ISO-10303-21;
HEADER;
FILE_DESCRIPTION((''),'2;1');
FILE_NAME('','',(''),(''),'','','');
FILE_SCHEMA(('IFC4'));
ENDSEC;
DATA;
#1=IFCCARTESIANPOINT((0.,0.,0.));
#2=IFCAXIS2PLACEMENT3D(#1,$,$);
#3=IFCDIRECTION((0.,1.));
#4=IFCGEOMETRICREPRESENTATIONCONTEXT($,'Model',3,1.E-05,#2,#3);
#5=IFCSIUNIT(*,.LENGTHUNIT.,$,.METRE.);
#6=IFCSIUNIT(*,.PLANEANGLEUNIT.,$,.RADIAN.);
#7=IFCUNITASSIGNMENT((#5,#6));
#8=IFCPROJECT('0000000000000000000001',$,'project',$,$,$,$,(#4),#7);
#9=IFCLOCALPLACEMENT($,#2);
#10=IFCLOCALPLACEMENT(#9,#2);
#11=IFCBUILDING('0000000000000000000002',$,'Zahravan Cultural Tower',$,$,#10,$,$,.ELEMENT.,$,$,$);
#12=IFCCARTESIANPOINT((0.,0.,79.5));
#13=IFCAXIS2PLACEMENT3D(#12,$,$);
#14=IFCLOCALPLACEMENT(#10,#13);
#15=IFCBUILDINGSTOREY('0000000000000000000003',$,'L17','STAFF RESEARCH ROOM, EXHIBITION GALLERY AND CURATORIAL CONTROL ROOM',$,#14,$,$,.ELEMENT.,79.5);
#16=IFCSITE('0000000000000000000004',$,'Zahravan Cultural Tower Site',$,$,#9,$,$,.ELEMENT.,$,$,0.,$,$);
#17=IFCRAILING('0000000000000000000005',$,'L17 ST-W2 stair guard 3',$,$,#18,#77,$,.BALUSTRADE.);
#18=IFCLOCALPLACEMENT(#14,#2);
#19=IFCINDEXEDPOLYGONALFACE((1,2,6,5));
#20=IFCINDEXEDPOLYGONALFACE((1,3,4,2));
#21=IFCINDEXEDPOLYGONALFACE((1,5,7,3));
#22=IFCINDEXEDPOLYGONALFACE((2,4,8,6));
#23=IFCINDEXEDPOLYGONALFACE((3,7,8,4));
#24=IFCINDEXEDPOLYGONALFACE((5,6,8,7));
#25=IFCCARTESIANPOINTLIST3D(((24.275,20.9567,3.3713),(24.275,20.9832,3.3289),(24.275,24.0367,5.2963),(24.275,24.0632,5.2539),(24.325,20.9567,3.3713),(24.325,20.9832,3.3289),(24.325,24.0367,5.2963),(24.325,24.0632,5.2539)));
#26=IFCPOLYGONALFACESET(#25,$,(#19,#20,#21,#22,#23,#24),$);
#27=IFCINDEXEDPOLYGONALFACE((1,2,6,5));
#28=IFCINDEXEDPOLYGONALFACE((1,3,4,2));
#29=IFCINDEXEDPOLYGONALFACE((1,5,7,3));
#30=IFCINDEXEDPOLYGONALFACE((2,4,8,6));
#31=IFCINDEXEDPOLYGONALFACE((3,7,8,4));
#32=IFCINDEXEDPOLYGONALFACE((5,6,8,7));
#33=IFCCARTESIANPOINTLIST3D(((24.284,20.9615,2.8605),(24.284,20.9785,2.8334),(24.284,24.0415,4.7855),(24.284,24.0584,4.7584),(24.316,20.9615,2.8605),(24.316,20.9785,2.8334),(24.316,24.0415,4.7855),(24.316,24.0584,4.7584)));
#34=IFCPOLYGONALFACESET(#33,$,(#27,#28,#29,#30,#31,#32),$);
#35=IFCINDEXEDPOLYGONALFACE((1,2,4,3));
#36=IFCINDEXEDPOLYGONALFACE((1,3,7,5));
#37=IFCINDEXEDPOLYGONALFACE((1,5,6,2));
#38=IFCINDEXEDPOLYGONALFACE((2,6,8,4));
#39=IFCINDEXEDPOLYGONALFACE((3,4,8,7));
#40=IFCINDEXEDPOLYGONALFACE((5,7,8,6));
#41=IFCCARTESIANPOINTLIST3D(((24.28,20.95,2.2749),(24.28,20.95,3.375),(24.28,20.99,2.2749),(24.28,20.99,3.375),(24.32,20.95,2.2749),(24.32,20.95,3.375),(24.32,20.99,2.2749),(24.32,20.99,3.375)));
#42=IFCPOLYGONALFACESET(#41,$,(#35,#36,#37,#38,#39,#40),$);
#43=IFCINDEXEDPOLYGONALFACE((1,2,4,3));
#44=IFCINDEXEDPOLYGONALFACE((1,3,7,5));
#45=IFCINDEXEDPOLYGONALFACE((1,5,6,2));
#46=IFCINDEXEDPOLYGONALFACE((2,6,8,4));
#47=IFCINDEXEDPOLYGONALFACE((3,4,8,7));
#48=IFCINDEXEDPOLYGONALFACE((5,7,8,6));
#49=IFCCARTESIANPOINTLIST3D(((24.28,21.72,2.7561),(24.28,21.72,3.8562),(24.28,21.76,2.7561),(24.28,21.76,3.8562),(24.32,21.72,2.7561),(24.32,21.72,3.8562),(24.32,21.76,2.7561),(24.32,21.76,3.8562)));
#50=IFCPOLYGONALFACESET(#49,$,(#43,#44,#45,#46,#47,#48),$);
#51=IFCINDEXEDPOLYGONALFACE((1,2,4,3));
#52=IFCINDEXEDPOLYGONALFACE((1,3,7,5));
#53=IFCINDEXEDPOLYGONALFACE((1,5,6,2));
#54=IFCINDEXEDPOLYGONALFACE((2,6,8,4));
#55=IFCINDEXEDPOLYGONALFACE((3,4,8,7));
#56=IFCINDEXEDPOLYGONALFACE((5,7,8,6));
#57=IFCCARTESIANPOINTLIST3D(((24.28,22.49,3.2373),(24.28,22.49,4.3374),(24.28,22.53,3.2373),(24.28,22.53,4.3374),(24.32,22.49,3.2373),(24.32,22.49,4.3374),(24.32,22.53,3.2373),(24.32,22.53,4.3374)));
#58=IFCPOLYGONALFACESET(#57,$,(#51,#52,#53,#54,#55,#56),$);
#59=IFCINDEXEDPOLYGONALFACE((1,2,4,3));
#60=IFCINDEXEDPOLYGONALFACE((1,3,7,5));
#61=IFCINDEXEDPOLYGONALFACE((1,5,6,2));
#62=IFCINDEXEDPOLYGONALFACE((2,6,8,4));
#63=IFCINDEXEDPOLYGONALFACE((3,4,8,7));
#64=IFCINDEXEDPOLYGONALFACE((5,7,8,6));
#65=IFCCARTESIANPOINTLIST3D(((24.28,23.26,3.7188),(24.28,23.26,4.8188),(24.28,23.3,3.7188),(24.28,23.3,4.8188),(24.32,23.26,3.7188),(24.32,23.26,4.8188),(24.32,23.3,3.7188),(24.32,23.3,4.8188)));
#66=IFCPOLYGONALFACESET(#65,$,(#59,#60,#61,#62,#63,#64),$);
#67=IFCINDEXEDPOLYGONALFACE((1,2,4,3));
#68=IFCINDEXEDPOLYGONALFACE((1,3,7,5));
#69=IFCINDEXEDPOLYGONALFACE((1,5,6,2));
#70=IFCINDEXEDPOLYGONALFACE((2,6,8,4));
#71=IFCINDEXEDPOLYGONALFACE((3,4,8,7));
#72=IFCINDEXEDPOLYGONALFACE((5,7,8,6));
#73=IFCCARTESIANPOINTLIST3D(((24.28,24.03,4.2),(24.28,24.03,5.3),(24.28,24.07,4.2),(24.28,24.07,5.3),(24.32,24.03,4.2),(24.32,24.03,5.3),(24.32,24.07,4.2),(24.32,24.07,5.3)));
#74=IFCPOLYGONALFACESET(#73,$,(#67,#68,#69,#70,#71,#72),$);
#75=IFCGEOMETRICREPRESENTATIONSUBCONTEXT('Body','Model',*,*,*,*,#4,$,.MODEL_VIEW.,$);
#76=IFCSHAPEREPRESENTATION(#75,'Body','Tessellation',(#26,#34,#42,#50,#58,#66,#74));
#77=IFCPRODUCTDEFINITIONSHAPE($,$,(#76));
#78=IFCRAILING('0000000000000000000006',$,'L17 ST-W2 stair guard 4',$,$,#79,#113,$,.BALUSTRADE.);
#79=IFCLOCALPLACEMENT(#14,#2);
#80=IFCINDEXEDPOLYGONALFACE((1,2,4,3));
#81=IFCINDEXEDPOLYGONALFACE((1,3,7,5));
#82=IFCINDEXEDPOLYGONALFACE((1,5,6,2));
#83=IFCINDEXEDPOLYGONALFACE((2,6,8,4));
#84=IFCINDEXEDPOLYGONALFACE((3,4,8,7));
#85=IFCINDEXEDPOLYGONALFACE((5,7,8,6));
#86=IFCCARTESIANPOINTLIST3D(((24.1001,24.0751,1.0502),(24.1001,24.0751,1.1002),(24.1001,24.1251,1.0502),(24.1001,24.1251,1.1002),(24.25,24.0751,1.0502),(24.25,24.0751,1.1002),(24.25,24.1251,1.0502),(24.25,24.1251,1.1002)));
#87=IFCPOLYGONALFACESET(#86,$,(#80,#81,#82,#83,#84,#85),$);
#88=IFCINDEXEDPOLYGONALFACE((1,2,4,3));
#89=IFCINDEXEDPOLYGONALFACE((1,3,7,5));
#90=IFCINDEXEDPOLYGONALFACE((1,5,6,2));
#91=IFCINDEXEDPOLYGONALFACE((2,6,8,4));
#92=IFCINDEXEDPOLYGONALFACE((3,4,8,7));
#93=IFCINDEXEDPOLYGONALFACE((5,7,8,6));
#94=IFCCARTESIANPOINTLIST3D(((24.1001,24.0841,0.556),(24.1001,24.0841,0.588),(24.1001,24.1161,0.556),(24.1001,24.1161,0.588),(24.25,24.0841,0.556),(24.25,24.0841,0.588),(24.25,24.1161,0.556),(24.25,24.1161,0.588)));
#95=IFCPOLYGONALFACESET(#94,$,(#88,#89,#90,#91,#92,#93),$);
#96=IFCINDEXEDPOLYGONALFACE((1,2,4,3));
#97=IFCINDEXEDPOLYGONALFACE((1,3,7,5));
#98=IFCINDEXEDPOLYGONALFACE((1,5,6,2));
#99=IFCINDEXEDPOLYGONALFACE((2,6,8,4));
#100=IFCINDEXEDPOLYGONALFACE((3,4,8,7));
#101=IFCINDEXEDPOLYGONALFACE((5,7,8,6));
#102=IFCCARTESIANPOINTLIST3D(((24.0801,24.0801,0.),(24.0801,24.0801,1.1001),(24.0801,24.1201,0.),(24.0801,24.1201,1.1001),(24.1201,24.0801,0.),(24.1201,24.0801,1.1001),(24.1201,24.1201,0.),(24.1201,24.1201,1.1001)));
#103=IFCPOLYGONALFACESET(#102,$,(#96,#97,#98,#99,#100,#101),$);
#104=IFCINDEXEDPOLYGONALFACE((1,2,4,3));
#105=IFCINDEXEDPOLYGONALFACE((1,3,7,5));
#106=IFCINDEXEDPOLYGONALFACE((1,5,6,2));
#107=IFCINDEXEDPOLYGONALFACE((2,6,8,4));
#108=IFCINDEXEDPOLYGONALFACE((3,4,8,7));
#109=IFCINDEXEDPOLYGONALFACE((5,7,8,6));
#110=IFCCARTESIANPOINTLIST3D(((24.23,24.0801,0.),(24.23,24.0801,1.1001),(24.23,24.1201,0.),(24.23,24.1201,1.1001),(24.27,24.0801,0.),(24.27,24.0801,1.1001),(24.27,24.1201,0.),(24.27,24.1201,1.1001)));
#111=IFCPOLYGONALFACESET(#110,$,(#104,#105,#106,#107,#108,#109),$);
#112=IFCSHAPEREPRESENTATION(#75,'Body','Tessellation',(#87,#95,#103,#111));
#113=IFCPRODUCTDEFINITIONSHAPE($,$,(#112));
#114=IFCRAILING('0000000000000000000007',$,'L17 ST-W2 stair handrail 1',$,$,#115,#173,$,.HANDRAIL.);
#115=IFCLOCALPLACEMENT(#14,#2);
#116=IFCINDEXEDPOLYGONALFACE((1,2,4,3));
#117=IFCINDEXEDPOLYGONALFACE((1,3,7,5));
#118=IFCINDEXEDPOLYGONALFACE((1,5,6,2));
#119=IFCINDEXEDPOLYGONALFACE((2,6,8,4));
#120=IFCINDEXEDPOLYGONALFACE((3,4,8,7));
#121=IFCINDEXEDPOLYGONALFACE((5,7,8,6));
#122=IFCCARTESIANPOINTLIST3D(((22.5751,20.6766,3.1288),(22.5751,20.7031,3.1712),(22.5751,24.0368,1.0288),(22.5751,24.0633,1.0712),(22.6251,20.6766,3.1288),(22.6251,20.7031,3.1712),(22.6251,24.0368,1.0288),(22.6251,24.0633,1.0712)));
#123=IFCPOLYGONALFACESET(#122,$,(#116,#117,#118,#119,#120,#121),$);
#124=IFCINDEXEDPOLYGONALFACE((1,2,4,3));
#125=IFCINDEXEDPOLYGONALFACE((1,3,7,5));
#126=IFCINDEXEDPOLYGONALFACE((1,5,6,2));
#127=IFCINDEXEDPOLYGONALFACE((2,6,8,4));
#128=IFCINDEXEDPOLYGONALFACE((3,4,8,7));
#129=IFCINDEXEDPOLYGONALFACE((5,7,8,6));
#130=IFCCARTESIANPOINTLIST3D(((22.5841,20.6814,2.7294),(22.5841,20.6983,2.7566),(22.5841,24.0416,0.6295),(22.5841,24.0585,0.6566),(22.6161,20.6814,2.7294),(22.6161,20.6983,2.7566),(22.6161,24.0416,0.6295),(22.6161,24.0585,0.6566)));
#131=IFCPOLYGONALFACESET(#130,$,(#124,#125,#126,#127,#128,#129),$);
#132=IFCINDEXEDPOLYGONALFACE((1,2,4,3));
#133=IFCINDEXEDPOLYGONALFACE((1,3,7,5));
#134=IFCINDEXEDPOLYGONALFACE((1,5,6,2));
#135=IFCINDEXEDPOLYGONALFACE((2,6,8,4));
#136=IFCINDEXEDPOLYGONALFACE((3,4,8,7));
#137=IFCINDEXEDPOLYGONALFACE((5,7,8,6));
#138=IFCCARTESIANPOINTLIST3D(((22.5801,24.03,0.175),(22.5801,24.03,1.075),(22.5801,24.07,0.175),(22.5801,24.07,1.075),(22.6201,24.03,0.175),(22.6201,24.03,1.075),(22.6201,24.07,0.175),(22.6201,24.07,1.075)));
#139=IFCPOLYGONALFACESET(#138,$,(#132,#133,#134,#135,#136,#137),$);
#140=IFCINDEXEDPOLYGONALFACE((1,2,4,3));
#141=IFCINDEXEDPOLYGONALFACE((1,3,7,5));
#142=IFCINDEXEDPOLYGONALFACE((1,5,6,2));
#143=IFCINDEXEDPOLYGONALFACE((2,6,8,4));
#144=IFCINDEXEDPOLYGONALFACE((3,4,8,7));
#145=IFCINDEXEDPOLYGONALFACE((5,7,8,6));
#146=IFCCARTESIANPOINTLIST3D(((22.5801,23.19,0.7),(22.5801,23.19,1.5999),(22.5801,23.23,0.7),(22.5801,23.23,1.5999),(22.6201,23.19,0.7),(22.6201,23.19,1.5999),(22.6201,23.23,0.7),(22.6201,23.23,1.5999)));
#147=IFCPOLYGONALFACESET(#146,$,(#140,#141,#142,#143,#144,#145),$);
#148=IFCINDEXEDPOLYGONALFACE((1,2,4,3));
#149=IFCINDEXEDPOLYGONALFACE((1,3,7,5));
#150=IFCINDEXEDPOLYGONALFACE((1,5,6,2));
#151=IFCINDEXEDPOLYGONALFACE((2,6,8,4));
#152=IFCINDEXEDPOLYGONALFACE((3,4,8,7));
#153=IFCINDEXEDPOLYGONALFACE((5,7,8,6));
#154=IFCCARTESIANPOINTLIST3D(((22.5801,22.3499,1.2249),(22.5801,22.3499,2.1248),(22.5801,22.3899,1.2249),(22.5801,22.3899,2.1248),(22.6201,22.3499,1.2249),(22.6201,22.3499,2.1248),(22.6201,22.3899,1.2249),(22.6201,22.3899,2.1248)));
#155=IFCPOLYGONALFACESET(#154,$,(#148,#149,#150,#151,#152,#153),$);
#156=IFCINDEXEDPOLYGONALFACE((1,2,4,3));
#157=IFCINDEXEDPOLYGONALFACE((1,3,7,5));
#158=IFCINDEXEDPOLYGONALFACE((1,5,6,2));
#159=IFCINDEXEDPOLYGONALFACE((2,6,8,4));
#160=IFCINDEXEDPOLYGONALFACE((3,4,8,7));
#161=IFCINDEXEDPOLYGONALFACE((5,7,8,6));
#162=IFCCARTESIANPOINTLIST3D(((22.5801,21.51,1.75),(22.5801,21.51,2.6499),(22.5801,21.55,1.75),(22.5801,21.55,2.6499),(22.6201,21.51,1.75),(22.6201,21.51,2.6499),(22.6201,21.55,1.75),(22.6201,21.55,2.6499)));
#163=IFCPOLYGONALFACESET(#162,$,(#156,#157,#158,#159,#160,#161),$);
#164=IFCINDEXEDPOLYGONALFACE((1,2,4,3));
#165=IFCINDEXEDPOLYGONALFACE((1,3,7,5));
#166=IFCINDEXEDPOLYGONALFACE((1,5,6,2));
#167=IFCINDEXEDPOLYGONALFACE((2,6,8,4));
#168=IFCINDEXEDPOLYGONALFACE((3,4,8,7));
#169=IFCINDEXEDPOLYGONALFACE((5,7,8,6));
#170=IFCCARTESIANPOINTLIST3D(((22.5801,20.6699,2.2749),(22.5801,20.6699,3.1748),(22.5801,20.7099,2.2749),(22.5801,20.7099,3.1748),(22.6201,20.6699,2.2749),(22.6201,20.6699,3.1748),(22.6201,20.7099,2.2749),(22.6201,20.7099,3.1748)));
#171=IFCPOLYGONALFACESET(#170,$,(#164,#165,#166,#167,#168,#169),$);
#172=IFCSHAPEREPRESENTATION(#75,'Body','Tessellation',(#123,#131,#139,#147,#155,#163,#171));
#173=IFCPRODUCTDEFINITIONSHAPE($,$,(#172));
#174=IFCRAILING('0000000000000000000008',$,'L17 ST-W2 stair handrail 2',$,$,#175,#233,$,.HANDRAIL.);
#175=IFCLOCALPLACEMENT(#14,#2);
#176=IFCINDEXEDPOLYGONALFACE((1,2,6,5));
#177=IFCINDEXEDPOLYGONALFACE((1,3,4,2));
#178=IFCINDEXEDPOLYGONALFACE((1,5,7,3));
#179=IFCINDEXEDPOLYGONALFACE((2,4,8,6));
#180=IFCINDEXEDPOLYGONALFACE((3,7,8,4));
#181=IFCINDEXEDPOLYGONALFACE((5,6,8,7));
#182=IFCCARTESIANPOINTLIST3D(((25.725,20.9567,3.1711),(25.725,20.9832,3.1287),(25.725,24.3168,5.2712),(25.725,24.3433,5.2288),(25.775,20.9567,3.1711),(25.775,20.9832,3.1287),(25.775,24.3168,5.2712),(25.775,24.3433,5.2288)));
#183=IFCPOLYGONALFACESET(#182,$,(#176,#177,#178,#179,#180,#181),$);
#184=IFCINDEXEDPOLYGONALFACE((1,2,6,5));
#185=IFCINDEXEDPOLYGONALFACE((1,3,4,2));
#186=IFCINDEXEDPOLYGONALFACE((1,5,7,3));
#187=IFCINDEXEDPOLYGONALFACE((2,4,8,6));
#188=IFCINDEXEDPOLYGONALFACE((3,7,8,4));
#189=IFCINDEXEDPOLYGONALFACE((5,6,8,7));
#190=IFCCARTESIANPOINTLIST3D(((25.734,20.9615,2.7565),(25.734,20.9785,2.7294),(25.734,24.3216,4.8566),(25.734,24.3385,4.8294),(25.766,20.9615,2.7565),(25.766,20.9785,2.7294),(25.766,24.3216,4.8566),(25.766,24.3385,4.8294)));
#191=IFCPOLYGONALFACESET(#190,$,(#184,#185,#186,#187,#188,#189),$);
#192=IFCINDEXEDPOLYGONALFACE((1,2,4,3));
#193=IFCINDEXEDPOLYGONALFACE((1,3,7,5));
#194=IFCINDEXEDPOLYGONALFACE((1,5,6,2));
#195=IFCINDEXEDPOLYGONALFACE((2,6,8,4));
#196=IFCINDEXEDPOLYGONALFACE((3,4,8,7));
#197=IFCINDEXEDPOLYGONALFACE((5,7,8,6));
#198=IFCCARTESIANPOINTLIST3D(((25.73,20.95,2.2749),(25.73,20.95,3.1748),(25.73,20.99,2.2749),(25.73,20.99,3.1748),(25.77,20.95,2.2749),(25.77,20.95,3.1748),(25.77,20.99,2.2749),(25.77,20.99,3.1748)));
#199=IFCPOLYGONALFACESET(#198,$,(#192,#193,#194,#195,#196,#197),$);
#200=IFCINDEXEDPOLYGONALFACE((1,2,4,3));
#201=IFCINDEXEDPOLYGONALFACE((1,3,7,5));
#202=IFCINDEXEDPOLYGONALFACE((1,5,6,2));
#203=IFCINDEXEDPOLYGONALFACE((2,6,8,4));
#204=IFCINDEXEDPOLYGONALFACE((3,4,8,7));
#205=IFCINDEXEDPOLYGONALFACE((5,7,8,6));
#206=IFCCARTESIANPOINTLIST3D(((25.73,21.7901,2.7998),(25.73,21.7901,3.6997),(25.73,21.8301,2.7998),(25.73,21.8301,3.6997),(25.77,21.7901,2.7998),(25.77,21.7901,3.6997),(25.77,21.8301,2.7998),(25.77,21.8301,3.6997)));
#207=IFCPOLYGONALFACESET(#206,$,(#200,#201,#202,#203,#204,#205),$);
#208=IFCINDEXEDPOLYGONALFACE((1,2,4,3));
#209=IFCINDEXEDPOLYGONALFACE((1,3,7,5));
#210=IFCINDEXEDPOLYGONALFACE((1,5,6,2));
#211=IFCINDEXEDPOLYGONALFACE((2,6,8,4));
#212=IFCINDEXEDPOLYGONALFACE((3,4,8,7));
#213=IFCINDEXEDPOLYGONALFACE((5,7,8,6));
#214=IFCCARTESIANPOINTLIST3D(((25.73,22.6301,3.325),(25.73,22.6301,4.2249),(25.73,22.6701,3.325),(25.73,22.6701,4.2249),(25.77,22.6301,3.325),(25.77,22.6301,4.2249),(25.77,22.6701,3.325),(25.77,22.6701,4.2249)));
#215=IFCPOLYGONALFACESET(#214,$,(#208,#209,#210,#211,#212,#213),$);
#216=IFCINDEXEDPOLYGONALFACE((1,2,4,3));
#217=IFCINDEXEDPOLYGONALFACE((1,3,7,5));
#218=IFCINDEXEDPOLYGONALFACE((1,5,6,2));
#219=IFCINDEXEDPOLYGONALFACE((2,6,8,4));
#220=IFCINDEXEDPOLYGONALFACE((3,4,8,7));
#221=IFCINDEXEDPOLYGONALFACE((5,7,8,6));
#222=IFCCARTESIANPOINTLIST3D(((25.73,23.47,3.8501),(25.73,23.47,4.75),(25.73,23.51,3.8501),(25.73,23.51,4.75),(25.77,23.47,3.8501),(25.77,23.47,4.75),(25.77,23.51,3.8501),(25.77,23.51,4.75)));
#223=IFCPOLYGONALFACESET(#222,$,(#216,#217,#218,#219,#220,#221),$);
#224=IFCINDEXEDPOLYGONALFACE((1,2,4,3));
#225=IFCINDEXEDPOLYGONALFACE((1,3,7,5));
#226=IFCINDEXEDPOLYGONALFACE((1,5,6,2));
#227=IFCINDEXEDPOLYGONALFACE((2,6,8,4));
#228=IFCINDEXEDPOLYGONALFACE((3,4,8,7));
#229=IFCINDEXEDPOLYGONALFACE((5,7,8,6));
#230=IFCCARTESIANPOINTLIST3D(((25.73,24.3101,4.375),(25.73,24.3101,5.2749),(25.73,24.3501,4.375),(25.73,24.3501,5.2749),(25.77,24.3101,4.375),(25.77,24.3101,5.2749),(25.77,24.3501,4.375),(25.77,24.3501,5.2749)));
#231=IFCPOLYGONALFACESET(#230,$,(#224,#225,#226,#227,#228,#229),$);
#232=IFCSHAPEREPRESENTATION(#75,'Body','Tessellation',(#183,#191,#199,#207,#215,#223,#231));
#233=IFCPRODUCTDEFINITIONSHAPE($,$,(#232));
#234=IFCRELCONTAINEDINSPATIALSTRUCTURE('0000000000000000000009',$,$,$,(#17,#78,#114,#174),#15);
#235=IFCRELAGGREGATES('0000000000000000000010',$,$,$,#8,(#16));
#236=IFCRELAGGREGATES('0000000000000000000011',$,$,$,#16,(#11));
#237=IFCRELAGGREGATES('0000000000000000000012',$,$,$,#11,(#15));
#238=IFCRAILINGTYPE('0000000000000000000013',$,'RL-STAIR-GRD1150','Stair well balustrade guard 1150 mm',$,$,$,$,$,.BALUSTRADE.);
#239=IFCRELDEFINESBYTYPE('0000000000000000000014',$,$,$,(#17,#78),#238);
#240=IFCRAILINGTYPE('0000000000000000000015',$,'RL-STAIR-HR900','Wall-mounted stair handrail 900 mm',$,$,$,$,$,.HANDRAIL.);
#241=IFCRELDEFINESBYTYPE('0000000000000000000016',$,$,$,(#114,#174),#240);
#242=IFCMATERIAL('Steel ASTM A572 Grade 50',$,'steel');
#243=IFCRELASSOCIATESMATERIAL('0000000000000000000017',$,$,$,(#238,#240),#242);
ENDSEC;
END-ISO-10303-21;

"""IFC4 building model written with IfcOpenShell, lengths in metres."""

from ifc_helpers import new_model, si_unit, direction, frame, origin, origin_2d, place, context, subcontext, project, spatial, rectangle, extrude, material, type_object, element, save


model = new_model("IFC4")

# Units and contexts
model_context = context("Model", 3, precision=1e-05, world=origin(), true_north=direction((0.0, 1.0)))
body_context = subcontext(model_context, "Body", "Model", "MODEL_VIEW")
ifc_project = project(units=[si_unit("LENGTHUNIT", "METRE"), si_unit("PLANEANGLEUNIT", "RADIAN")], contexts=[model_context])

# Site, building, storey
site_placement = place(None, origin())
site = spatial("IfcSite", under=ifc_project, at=site_placement, Name="Zahravan Cultural Tower Site", CompositionType="ELEMENT", RefElevation=0.0)
building_placement = place(site_placement, origin())
building = spatial("IfcBuilding", under=site, at=building_placement, Name="Zahravan Cultural Tower", CompositionType="ELEMENT")
storey_placement = place(building_placement, frame((0.0, 0.0, 79.5)))
storey = spatial("IfcBuildingStorey", under=building, at=storey_placement, Name="L17", Description="STAFF RESEARCH ROOM, EXHIBITION GALLERY AND CURATORIAL CONTROL ROOM", CompositionType="ELEMENT", Elevation=79.5)

# Shared definitions
ifc_material_1 = material(Name="Steel ASTM A572 Grade 50", Category="steel")

# Railings
railing_type_1 = type_object("IfcRailingType", Name="RL-STAIR-GRD1150", Description="Stair well balustrade guard 1150 mm", PredefinedType="BALUSTRADE", material=ifc_material_1)
railing_1_placement = place(storey_placement, frame((24.3, 20.97, 2.2749)))
element("IfcRailing", 1, at=railing_1_placement, inside=storey, type_object=railing_type_1, Name="L17 ST-W2 stair guard 3", PredefinedType="BALUSTRADE", context=body_context, shape_type="SweptSolid", body=[
    extrude(rectangle(XDim=0.05, YDim=0.05, at=origin_2d()), frame((0.0, 0.0, 1.0752), z_axis=(0.0, 0.847998, 0.529999), x_axis=(-1.0, 0.0, 0.0)), (0.0, 0.0, 1.0), 3.6321),
    extrude(rectangle(XDim=0.032, YDim=0.032, at=origin_2d()), frame((0.0, 0.0, 0.572), z_axis=(0.0, 0.847998, 0.529999), x_axis=(-1.0, 0.0, 0.0)), (0.0, 0.0, 1.0), 3.6321),
    extrude(rectangle(XDim=0.04, YDim=0.04, at=origin_2d()), origin(), (0.0, 0.0, 1.0), 1.1001),
    extrude(rectangle(XDim=0.04, YDim=0.04, at=origin_2d()), frame((0.0, 0.77, 0.4812)), (0.0, 0.0, 1.0), 1.1001),
    extrude(rectangle(XDim=0.04, YDim=0.04, at=origin_2d()), frame((0.0, 1.54, 0.9624)), (0.0, 0.0, 1.0), 1.1001),
    extrude(rectangle(XDim=0.04, YDim=0.04, at=origin_2d()), frame((0.0, 2.3101, 1.4438)), (0.0, 0.0, 1.0), 1.1001),
    extrude(rectangle(XDim=0.04, YDim=0.04, at=origin_2d()), frame((0.0, 3.0801, 1.925)), (0.0, 0.0, 1.0), 1.1001),
])
railing_2_placement = place(storey_placement, frame((24.1001, 24.1001, 0.0)))
element("IfcRailing", 2, at=railing_2_placement, inside=storey, type_object=railing_type_1, Name="L17 ST-W2 stair guard 4", PredefinedType="BALUSTRADE", context=body_context, shape_type="SweptSolid", body=[
    extrude(rectangle(XDim=0.05, YDim=0.05, at=origin_2d()), frame((0.0, 0.0, 1.0752), z_axis=(1.0, 0.0, 0.0), x_axis=(0.0, 1.0, 0.0)), (0.0, 0.0, 1.0), 0.1499),
    extrude(rectangle(XDim=0.032, YDim=0.032, at=origin_2d()), frame((0.0, 0.0, 0.572), z_axis=(1.0, 0.0, 0.0), x_axis=(0.0, 1.0, 0.0)), (0.0, 0.0, 1.0), 0.1499),
    extrude(rectangle(XDim=0.04, YDim=0.04, at=origin_2d()), origin(), (0.0, 0.0, 1.0), 1.1001),
    extrude(rectangle(XDim=0.04, YDim=0.04, at=origin_2d()), frame((0.1499, 0.0, 0.0)), (0.0, 0.0, 1.0), 1.1001),
])
railing_type_2 = type_object("IfcRailingType", Name="RL-STAIR-HR900", Description="Wall-mounted stair handrail 900 mm", PredefinedType="HANDRAIL", material=ifc_material_1)
railing_3_placement = place(storey_placement, frame((22.6001, 24.05, 0.175)))
element("IfcRailing", 3, at=railing_3_placement, inside=storey, type_object=railing_type_2, Name="L17 ST-W2 stair handrail 1", PredefinedType="HANDRAIL", context=body_context, shape_type="SweptSolid", body=[
    extrude(rectangle(XDim=0.05, YDim=0.05, at=origin_2d()), frame((0.0, 0.0, 0.875), z_axis=(0.0, -0.848023, 0.52996), x_axis=(1.0, 0.0, 0.0)), (0.0, 0.0, 1.0), 3.9624),
    extrude(rectangle(XDim=0.032, YDim=0.032, at=origin_2d()), frame((0.0, 0.0, 0.468), z_axis=(0.0, -0.848023, 0.52996), x_axis=(1.0, 0.0, 0.0)), (0.0, 0.0, 1.0), 3.9624),
    extrude(rectangle(XDim=0.04, YDim=0.04, at=origin_2d()), origin(), (0.0, 0.0, 1.0), 0.8999),
    extrude(rectangle(XDim=0.04, YDim=0.04, at=origin_2d()), frame((0.0, -0.8401, 0.5249)), (0.0, 0.0, 1.0), 0.8999),
    extrude(rectangle(XDim=0.04, YDim=0.04, at=origin_2d()), frame((0.0, -1.6802, 1.0498)), (0.0, 0.0, 1.0), 0.8999),
    extrude(rectangle(XDim=0.04, YDim=0.04, at=origin_2d()), frame((0.0, -2.52, 1.575)), (0.0, 0.0, 1.0), 0.8999),
    extrude(rectangle(XDim=0.04, YDim=0.04, at=origin_2d()), frame((0.0, -3.3601, 2.0999)), (0.0, 0.0, 1.0), 0.8999),
])
railing_4_placement = place(storey_placement, frame((25.75, 20.97, 2.2749)))
element("IfcRailing", 4, at=railing_4_placement, inside=storey, type_object=railing_type_2, Name="L17 ST-W2 stair handrail 2", PredefinedType="HANDRAIL", context=body_context, shape_type="SweptSolid", body=[
    extrude(rectangle(XDim=0.05, YDim=0.05, at=origin_2d()), frame((0.0, 0.0, 0.875), z_axis=(0.0, 0.847995, 0.530004), x_axis=(-1.0, 0.0, 0.0)), (0.0, 0.0, 1.0), 3.9624),
    extrude(rectangle(XDim=0.032, YDim=0.032, at=origin_2d()), frame((0.0, 0.0, 0.468), z_axis=(0.0, 0.847995, 0.530004), x_axis=(-1.0, 0.0, 0.0)), (0.0, 0.0, 1.0), 3.9624),
    extrude(rectangle(XDim=0.04, YDim=0.04, at=origin_2d()), origin(), (0.0, 0.0, 1.0), 0.8999),
    extrude(rectangle(XDim=0.04, YDim=0.04, at=origin_2d()), frame((0.0, 0.8401, 0.5249)), (0.0, 0.0, 1.0), 0.8999),
    extrude(rectangle(XDim=0.04, YDim=0.04, at=origin_2d()), frame((0.0, 1.6802, 1.05)), (0.0, 0.0, 1.0), 0.8999),
    extrude(rectangle(XDim=0.04, YDim=0.04, at=origin_2d()), frame((0.0, 2.52, 1.5752)), (0.0, 0.0, 1.0), 0.8999),
    extrude(rectangle(XDim=0.04, YDim=0.04, at=origin_2d()), frame((0.0, 3.3601, 2.1001)), (0.0, 0.0, 1.0), 0.8999),
])

save(model, "model.ifc")
